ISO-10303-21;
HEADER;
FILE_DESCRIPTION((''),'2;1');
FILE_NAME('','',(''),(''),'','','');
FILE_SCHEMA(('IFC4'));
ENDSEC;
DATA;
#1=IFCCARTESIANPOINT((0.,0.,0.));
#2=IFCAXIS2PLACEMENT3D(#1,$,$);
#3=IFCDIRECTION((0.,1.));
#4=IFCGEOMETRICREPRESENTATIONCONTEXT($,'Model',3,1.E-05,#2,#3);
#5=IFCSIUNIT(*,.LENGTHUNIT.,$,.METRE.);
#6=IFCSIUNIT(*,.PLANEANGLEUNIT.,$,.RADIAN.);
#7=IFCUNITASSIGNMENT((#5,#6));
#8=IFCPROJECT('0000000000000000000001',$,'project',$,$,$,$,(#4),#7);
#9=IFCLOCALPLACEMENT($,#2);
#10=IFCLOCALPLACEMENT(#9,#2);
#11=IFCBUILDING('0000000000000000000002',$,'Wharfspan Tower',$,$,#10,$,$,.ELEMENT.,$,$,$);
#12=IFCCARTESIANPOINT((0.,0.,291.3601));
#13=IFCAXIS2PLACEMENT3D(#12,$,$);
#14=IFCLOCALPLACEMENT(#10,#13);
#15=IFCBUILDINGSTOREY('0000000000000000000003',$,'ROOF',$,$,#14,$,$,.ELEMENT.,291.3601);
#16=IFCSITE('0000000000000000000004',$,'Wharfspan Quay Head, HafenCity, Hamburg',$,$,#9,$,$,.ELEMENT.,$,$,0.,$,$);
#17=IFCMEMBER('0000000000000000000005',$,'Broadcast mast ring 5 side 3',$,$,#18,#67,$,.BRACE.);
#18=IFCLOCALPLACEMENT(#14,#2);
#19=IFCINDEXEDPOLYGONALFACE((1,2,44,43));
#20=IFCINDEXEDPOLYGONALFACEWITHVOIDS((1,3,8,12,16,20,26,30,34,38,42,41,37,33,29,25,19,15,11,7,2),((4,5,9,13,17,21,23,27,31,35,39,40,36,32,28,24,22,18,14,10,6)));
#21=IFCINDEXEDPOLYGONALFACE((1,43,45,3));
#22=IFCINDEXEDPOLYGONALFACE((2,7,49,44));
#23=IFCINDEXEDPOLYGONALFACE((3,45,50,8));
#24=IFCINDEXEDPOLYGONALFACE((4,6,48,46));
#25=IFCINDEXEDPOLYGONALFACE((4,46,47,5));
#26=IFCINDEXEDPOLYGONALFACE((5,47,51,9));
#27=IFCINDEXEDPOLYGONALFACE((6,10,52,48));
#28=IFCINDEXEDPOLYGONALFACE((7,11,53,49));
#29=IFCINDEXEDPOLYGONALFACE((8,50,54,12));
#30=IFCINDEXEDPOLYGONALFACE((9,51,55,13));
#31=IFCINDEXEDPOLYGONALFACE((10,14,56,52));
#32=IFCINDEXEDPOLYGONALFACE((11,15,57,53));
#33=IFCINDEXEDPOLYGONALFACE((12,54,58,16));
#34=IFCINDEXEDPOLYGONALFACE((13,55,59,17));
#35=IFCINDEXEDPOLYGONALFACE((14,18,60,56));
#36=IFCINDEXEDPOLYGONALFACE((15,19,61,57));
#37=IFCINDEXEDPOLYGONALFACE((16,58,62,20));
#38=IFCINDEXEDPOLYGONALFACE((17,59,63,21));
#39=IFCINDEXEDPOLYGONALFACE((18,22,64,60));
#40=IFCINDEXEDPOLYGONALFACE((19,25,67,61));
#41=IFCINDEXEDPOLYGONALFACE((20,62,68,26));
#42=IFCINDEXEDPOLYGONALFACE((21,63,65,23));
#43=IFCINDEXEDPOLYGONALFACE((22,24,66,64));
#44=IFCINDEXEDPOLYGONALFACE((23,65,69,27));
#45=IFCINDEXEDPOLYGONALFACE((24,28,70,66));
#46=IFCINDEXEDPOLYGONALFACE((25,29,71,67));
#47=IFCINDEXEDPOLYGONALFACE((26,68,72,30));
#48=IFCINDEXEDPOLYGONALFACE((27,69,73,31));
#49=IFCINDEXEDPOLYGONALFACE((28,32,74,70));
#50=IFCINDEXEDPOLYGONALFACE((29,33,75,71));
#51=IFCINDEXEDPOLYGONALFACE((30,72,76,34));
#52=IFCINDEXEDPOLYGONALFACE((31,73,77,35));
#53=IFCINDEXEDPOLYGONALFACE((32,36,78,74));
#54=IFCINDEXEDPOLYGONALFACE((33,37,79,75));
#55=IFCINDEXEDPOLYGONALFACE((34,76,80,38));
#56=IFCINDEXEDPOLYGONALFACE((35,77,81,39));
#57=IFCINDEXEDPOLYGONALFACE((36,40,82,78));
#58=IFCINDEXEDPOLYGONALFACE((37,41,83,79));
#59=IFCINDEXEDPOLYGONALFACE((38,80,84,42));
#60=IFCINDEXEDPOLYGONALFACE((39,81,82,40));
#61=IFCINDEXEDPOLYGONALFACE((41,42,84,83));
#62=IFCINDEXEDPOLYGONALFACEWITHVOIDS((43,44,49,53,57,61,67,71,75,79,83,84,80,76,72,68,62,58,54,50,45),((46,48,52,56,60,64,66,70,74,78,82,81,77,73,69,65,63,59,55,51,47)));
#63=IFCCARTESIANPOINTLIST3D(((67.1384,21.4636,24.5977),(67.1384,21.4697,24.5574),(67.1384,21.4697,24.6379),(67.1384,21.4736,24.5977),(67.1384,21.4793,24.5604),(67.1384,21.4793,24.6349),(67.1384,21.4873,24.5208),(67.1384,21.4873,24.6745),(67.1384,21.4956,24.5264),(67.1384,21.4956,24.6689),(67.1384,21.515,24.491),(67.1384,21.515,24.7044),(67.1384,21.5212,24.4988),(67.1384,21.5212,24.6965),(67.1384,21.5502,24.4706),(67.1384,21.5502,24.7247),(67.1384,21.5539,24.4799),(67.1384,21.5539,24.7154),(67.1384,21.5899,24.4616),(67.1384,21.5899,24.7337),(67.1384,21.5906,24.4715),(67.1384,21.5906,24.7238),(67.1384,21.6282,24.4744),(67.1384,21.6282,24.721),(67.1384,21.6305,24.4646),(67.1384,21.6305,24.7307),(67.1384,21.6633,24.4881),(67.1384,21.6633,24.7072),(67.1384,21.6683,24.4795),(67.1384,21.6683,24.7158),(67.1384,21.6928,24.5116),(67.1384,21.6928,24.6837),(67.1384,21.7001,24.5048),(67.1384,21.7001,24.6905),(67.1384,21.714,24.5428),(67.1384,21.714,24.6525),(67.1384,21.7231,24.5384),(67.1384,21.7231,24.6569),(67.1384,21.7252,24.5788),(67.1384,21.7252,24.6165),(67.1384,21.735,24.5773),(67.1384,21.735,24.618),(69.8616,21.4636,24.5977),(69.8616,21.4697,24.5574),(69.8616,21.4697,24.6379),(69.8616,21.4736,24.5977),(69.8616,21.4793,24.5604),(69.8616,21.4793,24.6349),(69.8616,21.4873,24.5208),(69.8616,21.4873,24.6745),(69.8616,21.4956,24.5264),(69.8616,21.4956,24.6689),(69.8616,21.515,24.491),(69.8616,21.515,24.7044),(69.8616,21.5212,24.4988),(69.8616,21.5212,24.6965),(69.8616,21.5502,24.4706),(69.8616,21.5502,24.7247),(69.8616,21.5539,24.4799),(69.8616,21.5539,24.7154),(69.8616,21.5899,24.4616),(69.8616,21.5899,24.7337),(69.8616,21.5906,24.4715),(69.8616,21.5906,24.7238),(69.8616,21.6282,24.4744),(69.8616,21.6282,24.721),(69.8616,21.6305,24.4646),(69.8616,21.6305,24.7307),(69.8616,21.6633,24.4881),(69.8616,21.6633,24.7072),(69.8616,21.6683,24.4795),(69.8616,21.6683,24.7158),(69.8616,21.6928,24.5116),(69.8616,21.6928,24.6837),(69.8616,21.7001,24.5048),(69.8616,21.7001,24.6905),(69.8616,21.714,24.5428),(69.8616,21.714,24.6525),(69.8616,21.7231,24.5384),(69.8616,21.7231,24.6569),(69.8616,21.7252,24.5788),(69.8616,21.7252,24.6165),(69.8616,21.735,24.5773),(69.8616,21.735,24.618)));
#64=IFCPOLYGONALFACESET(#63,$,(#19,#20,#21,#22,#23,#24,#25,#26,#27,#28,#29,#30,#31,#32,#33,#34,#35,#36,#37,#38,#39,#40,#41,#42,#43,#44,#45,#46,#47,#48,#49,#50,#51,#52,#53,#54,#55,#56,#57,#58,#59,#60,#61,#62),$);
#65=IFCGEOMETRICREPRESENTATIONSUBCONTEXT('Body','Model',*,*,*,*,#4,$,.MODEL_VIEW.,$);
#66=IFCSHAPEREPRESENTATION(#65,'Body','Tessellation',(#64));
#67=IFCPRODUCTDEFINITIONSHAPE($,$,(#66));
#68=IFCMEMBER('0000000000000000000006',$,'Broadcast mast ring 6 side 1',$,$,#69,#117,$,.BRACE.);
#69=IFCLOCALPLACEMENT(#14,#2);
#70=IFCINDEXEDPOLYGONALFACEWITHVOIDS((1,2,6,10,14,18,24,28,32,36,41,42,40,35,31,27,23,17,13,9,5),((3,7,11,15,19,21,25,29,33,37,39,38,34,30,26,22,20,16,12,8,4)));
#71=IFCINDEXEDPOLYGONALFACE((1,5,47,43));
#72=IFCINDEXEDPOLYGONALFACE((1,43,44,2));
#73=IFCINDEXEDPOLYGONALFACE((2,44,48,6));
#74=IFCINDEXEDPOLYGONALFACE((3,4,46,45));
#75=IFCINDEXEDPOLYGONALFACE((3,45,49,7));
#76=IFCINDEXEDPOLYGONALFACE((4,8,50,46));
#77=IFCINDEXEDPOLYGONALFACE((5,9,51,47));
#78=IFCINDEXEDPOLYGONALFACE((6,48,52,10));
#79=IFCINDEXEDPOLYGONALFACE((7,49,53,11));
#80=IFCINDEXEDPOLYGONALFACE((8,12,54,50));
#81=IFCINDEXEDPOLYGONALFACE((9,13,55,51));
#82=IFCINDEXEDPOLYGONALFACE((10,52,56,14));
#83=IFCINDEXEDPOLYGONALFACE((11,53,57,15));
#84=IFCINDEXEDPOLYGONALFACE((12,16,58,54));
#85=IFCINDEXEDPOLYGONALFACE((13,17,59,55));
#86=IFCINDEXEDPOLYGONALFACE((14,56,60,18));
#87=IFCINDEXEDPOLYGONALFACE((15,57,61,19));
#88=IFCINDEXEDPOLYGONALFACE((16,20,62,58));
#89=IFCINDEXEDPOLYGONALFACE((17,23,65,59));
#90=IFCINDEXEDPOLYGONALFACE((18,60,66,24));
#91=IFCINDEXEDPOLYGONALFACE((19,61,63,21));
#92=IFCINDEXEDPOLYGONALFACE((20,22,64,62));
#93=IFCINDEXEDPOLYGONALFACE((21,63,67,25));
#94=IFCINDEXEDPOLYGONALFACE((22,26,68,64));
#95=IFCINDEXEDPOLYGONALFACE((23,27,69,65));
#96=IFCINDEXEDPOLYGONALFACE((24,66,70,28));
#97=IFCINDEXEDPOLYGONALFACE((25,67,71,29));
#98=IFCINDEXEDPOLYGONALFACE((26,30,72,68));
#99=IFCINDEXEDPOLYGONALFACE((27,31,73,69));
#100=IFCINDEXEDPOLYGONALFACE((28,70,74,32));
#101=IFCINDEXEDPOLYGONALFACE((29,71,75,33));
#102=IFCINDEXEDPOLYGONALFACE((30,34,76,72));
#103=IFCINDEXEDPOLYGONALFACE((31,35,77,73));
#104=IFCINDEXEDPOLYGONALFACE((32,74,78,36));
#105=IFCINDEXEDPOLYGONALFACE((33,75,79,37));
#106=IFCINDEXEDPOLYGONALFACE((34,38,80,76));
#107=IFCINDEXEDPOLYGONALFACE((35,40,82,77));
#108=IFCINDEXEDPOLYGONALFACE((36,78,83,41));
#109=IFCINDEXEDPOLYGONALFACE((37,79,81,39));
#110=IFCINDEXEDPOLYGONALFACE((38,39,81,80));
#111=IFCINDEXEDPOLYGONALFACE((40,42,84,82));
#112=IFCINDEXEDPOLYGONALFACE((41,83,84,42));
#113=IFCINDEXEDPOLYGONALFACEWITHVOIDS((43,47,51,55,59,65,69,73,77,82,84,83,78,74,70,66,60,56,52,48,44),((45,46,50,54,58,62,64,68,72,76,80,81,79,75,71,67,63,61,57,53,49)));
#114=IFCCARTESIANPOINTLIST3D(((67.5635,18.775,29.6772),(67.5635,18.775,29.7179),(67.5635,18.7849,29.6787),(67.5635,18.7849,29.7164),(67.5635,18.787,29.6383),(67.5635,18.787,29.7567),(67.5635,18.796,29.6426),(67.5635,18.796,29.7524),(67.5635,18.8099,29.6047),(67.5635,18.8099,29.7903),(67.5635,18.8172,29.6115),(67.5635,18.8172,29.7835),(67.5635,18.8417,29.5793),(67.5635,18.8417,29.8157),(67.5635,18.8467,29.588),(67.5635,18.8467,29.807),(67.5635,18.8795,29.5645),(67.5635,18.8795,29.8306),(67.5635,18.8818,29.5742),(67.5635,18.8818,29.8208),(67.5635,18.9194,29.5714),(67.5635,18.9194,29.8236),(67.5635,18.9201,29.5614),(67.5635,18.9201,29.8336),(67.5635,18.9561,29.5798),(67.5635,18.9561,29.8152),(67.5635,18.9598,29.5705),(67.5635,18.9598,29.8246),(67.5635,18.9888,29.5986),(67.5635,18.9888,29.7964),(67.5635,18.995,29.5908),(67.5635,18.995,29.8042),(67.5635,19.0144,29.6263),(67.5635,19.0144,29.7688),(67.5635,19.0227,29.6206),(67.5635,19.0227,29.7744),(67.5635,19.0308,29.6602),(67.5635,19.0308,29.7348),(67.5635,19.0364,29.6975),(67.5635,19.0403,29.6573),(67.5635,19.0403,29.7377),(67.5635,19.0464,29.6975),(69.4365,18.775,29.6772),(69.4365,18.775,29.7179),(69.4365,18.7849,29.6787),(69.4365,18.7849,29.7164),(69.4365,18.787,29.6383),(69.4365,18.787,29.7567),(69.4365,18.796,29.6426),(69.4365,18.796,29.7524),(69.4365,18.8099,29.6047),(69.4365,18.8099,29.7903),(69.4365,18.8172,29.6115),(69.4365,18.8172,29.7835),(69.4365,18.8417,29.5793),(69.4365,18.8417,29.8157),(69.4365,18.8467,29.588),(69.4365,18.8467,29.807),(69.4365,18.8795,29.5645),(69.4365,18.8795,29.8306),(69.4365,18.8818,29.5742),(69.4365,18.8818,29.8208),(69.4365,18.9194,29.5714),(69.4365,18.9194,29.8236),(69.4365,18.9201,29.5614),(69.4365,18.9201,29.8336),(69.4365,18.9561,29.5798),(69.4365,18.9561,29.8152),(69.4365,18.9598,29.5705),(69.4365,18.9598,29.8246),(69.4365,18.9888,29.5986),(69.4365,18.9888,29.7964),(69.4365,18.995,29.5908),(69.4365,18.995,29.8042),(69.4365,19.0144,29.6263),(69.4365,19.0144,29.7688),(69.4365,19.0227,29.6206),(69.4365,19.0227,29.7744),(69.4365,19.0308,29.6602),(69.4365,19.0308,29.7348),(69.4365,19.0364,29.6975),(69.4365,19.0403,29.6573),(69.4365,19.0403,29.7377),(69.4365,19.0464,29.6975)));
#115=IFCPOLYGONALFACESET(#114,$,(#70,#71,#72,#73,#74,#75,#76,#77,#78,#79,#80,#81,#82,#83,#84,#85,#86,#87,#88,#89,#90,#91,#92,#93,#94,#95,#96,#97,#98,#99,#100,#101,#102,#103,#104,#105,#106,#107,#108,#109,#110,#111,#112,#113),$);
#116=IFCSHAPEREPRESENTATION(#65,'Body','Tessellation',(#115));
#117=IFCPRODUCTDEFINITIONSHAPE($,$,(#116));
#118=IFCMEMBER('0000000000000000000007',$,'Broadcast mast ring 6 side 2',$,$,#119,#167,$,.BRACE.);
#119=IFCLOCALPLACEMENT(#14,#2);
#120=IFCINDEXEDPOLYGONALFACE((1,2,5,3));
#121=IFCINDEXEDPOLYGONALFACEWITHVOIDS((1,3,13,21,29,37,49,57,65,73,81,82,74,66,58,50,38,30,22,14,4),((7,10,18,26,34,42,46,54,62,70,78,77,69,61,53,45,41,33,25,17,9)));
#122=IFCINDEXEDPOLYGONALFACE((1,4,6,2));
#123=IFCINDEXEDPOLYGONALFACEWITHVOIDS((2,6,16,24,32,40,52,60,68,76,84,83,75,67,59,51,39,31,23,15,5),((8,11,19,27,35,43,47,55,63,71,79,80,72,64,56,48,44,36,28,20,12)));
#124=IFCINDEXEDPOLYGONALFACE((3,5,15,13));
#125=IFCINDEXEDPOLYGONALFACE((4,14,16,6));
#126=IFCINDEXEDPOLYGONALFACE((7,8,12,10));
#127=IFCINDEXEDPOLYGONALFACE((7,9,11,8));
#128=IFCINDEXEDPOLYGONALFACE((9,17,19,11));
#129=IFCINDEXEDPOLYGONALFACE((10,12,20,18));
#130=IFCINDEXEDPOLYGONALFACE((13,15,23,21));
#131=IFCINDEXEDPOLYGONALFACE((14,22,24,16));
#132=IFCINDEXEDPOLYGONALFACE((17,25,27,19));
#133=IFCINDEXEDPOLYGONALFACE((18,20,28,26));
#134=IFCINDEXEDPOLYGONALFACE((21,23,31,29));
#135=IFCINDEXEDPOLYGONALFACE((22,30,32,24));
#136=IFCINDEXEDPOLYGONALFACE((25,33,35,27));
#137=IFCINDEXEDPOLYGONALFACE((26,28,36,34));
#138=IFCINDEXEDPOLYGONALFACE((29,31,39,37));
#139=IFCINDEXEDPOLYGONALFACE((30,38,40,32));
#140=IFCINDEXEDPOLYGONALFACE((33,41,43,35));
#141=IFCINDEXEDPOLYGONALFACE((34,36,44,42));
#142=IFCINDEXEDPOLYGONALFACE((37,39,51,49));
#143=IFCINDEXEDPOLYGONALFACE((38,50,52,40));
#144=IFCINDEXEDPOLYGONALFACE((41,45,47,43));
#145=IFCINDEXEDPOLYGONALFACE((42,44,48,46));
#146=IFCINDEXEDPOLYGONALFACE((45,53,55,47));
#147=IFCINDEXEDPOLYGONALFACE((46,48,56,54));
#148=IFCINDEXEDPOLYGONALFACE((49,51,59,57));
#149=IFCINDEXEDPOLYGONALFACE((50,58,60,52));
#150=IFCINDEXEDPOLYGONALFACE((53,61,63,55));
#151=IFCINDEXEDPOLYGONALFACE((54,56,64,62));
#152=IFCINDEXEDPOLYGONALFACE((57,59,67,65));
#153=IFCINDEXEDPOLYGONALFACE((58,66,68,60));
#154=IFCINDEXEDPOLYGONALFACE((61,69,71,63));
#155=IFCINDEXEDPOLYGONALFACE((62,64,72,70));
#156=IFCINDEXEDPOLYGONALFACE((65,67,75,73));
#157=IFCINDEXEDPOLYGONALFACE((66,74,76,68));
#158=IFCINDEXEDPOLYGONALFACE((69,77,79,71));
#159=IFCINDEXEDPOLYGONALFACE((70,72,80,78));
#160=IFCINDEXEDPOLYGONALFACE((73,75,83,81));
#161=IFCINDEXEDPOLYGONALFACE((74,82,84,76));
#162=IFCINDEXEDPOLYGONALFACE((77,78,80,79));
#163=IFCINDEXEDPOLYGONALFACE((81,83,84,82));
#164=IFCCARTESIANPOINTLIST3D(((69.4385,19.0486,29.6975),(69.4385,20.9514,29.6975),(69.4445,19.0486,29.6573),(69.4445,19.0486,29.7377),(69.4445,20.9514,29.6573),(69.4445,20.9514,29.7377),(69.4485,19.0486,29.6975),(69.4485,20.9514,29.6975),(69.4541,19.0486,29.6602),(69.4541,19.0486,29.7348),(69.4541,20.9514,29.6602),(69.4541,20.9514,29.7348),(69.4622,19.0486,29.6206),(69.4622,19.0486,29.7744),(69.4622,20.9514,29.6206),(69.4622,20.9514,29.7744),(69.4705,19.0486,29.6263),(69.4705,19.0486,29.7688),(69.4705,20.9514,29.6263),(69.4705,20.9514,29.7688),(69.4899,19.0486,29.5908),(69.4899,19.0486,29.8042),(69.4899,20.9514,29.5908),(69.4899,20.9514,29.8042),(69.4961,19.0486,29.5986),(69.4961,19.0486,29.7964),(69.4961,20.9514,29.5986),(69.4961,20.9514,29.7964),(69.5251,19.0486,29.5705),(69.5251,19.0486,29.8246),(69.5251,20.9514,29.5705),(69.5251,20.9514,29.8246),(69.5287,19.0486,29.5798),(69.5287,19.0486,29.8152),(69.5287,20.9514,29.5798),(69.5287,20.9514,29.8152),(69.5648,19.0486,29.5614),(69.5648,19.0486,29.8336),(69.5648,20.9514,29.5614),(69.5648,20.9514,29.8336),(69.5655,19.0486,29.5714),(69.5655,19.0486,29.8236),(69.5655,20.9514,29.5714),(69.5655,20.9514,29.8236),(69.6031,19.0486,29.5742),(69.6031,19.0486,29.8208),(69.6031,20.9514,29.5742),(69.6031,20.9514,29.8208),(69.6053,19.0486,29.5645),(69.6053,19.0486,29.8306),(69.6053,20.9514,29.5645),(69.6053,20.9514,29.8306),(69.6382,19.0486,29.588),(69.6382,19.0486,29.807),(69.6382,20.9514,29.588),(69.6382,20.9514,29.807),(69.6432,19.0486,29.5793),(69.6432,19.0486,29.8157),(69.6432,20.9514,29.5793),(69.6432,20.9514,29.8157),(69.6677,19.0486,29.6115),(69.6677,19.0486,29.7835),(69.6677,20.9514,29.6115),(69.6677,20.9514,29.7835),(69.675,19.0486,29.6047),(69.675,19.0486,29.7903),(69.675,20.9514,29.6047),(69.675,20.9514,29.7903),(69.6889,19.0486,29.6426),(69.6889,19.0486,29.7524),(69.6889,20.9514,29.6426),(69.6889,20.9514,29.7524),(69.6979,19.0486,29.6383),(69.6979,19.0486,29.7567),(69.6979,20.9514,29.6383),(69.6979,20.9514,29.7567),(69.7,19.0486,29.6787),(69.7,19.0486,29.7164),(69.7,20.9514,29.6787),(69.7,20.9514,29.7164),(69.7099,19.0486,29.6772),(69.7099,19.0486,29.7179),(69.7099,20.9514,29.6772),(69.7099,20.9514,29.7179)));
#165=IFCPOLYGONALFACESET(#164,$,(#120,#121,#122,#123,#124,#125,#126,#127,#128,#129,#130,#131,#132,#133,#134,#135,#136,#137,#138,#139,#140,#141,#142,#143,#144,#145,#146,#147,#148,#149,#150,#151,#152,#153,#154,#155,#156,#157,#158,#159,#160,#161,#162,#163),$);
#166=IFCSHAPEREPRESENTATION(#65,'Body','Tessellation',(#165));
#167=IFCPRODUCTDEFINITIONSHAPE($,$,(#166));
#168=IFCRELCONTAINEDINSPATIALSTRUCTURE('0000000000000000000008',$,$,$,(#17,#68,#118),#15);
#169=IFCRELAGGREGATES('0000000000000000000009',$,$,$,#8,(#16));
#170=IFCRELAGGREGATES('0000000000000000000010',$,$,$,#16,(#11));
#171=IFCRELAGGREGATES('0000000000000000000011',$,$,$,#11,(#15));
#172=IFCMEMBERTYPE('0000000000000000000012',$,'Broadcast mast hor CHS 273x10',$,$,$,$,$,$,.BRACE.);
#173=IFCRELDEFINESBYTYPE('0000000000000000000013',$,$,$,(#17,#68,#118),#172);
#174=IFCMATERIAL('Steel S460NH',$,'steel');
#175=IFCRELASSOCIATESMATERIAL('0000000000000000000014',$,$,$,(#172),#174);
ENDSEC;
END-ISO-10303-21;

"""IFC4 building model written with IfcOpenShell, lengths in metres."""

from ifc_helpers import new_model, si_unit, direction, frame, origin, origin_2d, place, context, subcontext, project, spatial, hollow_circle, extrude, material, material_profile, profile_set, type_object, element, save


model = new_model("IFC4")

# Units and contexts
model_context = context("Model", 3, precision=1e-05, world=origin(), true_north=direction((0.0, 1.0)))
body_context = subcontext(model_context, "Body", "Model", "MODEL_VIEW")
ifc_project = project(units=[si_unit("LENGTHUNIT", "METRE"), si_unit("PLANEANGLEUNIT", "RADIAN")], contexts=[model_context])

# Site, building, storey
site_placement = place(None, origin())
site = spatial("IfcSite", under=ifc_project, at=site_placement, Name="Wharfspan Quay Head, HafenCity, Hamburg", CompositionType="ELEMENT", RefElevation=0.0)
building_placement = place(site_placement, origin())
building = spatial("IfcBuilding", under=site, at=building_placement, Name="Wharfspan Tower", CompositionType="ELEMENT")
storey_placement = place(building_placement, frame((0.0, 0.0, 291.3601)))
storey = spatial("IfcBuildingStorey", under=building, at=storey_placement, Name="ROOF", CompositionType="ELEMENT", Elevation=291.3601)

# Members
ifc_material = material(Name="Steel S460NH", Category="steel")
ifc_material_profile_1 = material_profile(ifc_material, hollow_circle(Radius=0.1365, WallThickness=0.01, at=origin_2d()))
ifc_profile_set_1 = profile_set([ifc_material_profile_1], Name="Steel S460NH")
member_type_1 = type_object("IfcMemberType", Name="Broadcast mast hor CHS 273x10", PredefinedType="BRACE", material=ifc_profile_set_1)
member_1_placement = place(storey_placement, frame((69.8616, 21.6001, 24.5977), z_axis=(-1.0, 0.0, 0.0), x_axis=(0.0, -1.0, 0.0)))
element("IfcMember", 1, at=member_1_placement, inside=storey, type_object=member_type_1, Name="Broadcast mast ring 5 side 3", PredefinedType="BRACE", context=body_context, shape_type="SweptSolid", body=[
    extrude(hollow_circle(Radius=0.1365, WallThickness=0.01, at=origin_2d()), origin(), (0.0, 0.0, 1.0), 2.7231),
])
member_2_placement = place(storey_placement, frame((67.5635, 18.9099, 29.6975), z_axis=(1.0, 0.0, 0.0), x_axis=(0.0, 1.0, 0.0)))
element("IfcMember", 2, at=member_2_placement, inside=storey, type_object=member_type_1, Name="Broadcast mast ring 6 side 1", PredefinedType="BRACE", context=body_context, shape_type="SweptSolid", body=[
    extrude(hollow_circle(Radius=0.1365, WallThickness=0.01, at=origin_2d()), origin(), (0.0, 0.0, 1.0), 1.873),
])
member_3_placement = place(storey_placement, frame((69.575, 19.0486, 29.6975), z_axis=(0.0, 1.0, 0.0), x_axis=(-1.0, 0.0, 0.0)))
element("IfcMember", 3, at=member_3_placement, inside=storey, type_object=member_type_1, Name="Broadcast mast ring 6 side 2", PredefinedType="BRACE", context=body_context, shape_type="SweptSolid", body=[
    extrude(hollow_circle(Radius=0.1365, WallThickness=0.01, at=origin_2d()), origin(), (0.0, 0.0, 1.0), 1.9028),
])

save(model, "model.ifc")
